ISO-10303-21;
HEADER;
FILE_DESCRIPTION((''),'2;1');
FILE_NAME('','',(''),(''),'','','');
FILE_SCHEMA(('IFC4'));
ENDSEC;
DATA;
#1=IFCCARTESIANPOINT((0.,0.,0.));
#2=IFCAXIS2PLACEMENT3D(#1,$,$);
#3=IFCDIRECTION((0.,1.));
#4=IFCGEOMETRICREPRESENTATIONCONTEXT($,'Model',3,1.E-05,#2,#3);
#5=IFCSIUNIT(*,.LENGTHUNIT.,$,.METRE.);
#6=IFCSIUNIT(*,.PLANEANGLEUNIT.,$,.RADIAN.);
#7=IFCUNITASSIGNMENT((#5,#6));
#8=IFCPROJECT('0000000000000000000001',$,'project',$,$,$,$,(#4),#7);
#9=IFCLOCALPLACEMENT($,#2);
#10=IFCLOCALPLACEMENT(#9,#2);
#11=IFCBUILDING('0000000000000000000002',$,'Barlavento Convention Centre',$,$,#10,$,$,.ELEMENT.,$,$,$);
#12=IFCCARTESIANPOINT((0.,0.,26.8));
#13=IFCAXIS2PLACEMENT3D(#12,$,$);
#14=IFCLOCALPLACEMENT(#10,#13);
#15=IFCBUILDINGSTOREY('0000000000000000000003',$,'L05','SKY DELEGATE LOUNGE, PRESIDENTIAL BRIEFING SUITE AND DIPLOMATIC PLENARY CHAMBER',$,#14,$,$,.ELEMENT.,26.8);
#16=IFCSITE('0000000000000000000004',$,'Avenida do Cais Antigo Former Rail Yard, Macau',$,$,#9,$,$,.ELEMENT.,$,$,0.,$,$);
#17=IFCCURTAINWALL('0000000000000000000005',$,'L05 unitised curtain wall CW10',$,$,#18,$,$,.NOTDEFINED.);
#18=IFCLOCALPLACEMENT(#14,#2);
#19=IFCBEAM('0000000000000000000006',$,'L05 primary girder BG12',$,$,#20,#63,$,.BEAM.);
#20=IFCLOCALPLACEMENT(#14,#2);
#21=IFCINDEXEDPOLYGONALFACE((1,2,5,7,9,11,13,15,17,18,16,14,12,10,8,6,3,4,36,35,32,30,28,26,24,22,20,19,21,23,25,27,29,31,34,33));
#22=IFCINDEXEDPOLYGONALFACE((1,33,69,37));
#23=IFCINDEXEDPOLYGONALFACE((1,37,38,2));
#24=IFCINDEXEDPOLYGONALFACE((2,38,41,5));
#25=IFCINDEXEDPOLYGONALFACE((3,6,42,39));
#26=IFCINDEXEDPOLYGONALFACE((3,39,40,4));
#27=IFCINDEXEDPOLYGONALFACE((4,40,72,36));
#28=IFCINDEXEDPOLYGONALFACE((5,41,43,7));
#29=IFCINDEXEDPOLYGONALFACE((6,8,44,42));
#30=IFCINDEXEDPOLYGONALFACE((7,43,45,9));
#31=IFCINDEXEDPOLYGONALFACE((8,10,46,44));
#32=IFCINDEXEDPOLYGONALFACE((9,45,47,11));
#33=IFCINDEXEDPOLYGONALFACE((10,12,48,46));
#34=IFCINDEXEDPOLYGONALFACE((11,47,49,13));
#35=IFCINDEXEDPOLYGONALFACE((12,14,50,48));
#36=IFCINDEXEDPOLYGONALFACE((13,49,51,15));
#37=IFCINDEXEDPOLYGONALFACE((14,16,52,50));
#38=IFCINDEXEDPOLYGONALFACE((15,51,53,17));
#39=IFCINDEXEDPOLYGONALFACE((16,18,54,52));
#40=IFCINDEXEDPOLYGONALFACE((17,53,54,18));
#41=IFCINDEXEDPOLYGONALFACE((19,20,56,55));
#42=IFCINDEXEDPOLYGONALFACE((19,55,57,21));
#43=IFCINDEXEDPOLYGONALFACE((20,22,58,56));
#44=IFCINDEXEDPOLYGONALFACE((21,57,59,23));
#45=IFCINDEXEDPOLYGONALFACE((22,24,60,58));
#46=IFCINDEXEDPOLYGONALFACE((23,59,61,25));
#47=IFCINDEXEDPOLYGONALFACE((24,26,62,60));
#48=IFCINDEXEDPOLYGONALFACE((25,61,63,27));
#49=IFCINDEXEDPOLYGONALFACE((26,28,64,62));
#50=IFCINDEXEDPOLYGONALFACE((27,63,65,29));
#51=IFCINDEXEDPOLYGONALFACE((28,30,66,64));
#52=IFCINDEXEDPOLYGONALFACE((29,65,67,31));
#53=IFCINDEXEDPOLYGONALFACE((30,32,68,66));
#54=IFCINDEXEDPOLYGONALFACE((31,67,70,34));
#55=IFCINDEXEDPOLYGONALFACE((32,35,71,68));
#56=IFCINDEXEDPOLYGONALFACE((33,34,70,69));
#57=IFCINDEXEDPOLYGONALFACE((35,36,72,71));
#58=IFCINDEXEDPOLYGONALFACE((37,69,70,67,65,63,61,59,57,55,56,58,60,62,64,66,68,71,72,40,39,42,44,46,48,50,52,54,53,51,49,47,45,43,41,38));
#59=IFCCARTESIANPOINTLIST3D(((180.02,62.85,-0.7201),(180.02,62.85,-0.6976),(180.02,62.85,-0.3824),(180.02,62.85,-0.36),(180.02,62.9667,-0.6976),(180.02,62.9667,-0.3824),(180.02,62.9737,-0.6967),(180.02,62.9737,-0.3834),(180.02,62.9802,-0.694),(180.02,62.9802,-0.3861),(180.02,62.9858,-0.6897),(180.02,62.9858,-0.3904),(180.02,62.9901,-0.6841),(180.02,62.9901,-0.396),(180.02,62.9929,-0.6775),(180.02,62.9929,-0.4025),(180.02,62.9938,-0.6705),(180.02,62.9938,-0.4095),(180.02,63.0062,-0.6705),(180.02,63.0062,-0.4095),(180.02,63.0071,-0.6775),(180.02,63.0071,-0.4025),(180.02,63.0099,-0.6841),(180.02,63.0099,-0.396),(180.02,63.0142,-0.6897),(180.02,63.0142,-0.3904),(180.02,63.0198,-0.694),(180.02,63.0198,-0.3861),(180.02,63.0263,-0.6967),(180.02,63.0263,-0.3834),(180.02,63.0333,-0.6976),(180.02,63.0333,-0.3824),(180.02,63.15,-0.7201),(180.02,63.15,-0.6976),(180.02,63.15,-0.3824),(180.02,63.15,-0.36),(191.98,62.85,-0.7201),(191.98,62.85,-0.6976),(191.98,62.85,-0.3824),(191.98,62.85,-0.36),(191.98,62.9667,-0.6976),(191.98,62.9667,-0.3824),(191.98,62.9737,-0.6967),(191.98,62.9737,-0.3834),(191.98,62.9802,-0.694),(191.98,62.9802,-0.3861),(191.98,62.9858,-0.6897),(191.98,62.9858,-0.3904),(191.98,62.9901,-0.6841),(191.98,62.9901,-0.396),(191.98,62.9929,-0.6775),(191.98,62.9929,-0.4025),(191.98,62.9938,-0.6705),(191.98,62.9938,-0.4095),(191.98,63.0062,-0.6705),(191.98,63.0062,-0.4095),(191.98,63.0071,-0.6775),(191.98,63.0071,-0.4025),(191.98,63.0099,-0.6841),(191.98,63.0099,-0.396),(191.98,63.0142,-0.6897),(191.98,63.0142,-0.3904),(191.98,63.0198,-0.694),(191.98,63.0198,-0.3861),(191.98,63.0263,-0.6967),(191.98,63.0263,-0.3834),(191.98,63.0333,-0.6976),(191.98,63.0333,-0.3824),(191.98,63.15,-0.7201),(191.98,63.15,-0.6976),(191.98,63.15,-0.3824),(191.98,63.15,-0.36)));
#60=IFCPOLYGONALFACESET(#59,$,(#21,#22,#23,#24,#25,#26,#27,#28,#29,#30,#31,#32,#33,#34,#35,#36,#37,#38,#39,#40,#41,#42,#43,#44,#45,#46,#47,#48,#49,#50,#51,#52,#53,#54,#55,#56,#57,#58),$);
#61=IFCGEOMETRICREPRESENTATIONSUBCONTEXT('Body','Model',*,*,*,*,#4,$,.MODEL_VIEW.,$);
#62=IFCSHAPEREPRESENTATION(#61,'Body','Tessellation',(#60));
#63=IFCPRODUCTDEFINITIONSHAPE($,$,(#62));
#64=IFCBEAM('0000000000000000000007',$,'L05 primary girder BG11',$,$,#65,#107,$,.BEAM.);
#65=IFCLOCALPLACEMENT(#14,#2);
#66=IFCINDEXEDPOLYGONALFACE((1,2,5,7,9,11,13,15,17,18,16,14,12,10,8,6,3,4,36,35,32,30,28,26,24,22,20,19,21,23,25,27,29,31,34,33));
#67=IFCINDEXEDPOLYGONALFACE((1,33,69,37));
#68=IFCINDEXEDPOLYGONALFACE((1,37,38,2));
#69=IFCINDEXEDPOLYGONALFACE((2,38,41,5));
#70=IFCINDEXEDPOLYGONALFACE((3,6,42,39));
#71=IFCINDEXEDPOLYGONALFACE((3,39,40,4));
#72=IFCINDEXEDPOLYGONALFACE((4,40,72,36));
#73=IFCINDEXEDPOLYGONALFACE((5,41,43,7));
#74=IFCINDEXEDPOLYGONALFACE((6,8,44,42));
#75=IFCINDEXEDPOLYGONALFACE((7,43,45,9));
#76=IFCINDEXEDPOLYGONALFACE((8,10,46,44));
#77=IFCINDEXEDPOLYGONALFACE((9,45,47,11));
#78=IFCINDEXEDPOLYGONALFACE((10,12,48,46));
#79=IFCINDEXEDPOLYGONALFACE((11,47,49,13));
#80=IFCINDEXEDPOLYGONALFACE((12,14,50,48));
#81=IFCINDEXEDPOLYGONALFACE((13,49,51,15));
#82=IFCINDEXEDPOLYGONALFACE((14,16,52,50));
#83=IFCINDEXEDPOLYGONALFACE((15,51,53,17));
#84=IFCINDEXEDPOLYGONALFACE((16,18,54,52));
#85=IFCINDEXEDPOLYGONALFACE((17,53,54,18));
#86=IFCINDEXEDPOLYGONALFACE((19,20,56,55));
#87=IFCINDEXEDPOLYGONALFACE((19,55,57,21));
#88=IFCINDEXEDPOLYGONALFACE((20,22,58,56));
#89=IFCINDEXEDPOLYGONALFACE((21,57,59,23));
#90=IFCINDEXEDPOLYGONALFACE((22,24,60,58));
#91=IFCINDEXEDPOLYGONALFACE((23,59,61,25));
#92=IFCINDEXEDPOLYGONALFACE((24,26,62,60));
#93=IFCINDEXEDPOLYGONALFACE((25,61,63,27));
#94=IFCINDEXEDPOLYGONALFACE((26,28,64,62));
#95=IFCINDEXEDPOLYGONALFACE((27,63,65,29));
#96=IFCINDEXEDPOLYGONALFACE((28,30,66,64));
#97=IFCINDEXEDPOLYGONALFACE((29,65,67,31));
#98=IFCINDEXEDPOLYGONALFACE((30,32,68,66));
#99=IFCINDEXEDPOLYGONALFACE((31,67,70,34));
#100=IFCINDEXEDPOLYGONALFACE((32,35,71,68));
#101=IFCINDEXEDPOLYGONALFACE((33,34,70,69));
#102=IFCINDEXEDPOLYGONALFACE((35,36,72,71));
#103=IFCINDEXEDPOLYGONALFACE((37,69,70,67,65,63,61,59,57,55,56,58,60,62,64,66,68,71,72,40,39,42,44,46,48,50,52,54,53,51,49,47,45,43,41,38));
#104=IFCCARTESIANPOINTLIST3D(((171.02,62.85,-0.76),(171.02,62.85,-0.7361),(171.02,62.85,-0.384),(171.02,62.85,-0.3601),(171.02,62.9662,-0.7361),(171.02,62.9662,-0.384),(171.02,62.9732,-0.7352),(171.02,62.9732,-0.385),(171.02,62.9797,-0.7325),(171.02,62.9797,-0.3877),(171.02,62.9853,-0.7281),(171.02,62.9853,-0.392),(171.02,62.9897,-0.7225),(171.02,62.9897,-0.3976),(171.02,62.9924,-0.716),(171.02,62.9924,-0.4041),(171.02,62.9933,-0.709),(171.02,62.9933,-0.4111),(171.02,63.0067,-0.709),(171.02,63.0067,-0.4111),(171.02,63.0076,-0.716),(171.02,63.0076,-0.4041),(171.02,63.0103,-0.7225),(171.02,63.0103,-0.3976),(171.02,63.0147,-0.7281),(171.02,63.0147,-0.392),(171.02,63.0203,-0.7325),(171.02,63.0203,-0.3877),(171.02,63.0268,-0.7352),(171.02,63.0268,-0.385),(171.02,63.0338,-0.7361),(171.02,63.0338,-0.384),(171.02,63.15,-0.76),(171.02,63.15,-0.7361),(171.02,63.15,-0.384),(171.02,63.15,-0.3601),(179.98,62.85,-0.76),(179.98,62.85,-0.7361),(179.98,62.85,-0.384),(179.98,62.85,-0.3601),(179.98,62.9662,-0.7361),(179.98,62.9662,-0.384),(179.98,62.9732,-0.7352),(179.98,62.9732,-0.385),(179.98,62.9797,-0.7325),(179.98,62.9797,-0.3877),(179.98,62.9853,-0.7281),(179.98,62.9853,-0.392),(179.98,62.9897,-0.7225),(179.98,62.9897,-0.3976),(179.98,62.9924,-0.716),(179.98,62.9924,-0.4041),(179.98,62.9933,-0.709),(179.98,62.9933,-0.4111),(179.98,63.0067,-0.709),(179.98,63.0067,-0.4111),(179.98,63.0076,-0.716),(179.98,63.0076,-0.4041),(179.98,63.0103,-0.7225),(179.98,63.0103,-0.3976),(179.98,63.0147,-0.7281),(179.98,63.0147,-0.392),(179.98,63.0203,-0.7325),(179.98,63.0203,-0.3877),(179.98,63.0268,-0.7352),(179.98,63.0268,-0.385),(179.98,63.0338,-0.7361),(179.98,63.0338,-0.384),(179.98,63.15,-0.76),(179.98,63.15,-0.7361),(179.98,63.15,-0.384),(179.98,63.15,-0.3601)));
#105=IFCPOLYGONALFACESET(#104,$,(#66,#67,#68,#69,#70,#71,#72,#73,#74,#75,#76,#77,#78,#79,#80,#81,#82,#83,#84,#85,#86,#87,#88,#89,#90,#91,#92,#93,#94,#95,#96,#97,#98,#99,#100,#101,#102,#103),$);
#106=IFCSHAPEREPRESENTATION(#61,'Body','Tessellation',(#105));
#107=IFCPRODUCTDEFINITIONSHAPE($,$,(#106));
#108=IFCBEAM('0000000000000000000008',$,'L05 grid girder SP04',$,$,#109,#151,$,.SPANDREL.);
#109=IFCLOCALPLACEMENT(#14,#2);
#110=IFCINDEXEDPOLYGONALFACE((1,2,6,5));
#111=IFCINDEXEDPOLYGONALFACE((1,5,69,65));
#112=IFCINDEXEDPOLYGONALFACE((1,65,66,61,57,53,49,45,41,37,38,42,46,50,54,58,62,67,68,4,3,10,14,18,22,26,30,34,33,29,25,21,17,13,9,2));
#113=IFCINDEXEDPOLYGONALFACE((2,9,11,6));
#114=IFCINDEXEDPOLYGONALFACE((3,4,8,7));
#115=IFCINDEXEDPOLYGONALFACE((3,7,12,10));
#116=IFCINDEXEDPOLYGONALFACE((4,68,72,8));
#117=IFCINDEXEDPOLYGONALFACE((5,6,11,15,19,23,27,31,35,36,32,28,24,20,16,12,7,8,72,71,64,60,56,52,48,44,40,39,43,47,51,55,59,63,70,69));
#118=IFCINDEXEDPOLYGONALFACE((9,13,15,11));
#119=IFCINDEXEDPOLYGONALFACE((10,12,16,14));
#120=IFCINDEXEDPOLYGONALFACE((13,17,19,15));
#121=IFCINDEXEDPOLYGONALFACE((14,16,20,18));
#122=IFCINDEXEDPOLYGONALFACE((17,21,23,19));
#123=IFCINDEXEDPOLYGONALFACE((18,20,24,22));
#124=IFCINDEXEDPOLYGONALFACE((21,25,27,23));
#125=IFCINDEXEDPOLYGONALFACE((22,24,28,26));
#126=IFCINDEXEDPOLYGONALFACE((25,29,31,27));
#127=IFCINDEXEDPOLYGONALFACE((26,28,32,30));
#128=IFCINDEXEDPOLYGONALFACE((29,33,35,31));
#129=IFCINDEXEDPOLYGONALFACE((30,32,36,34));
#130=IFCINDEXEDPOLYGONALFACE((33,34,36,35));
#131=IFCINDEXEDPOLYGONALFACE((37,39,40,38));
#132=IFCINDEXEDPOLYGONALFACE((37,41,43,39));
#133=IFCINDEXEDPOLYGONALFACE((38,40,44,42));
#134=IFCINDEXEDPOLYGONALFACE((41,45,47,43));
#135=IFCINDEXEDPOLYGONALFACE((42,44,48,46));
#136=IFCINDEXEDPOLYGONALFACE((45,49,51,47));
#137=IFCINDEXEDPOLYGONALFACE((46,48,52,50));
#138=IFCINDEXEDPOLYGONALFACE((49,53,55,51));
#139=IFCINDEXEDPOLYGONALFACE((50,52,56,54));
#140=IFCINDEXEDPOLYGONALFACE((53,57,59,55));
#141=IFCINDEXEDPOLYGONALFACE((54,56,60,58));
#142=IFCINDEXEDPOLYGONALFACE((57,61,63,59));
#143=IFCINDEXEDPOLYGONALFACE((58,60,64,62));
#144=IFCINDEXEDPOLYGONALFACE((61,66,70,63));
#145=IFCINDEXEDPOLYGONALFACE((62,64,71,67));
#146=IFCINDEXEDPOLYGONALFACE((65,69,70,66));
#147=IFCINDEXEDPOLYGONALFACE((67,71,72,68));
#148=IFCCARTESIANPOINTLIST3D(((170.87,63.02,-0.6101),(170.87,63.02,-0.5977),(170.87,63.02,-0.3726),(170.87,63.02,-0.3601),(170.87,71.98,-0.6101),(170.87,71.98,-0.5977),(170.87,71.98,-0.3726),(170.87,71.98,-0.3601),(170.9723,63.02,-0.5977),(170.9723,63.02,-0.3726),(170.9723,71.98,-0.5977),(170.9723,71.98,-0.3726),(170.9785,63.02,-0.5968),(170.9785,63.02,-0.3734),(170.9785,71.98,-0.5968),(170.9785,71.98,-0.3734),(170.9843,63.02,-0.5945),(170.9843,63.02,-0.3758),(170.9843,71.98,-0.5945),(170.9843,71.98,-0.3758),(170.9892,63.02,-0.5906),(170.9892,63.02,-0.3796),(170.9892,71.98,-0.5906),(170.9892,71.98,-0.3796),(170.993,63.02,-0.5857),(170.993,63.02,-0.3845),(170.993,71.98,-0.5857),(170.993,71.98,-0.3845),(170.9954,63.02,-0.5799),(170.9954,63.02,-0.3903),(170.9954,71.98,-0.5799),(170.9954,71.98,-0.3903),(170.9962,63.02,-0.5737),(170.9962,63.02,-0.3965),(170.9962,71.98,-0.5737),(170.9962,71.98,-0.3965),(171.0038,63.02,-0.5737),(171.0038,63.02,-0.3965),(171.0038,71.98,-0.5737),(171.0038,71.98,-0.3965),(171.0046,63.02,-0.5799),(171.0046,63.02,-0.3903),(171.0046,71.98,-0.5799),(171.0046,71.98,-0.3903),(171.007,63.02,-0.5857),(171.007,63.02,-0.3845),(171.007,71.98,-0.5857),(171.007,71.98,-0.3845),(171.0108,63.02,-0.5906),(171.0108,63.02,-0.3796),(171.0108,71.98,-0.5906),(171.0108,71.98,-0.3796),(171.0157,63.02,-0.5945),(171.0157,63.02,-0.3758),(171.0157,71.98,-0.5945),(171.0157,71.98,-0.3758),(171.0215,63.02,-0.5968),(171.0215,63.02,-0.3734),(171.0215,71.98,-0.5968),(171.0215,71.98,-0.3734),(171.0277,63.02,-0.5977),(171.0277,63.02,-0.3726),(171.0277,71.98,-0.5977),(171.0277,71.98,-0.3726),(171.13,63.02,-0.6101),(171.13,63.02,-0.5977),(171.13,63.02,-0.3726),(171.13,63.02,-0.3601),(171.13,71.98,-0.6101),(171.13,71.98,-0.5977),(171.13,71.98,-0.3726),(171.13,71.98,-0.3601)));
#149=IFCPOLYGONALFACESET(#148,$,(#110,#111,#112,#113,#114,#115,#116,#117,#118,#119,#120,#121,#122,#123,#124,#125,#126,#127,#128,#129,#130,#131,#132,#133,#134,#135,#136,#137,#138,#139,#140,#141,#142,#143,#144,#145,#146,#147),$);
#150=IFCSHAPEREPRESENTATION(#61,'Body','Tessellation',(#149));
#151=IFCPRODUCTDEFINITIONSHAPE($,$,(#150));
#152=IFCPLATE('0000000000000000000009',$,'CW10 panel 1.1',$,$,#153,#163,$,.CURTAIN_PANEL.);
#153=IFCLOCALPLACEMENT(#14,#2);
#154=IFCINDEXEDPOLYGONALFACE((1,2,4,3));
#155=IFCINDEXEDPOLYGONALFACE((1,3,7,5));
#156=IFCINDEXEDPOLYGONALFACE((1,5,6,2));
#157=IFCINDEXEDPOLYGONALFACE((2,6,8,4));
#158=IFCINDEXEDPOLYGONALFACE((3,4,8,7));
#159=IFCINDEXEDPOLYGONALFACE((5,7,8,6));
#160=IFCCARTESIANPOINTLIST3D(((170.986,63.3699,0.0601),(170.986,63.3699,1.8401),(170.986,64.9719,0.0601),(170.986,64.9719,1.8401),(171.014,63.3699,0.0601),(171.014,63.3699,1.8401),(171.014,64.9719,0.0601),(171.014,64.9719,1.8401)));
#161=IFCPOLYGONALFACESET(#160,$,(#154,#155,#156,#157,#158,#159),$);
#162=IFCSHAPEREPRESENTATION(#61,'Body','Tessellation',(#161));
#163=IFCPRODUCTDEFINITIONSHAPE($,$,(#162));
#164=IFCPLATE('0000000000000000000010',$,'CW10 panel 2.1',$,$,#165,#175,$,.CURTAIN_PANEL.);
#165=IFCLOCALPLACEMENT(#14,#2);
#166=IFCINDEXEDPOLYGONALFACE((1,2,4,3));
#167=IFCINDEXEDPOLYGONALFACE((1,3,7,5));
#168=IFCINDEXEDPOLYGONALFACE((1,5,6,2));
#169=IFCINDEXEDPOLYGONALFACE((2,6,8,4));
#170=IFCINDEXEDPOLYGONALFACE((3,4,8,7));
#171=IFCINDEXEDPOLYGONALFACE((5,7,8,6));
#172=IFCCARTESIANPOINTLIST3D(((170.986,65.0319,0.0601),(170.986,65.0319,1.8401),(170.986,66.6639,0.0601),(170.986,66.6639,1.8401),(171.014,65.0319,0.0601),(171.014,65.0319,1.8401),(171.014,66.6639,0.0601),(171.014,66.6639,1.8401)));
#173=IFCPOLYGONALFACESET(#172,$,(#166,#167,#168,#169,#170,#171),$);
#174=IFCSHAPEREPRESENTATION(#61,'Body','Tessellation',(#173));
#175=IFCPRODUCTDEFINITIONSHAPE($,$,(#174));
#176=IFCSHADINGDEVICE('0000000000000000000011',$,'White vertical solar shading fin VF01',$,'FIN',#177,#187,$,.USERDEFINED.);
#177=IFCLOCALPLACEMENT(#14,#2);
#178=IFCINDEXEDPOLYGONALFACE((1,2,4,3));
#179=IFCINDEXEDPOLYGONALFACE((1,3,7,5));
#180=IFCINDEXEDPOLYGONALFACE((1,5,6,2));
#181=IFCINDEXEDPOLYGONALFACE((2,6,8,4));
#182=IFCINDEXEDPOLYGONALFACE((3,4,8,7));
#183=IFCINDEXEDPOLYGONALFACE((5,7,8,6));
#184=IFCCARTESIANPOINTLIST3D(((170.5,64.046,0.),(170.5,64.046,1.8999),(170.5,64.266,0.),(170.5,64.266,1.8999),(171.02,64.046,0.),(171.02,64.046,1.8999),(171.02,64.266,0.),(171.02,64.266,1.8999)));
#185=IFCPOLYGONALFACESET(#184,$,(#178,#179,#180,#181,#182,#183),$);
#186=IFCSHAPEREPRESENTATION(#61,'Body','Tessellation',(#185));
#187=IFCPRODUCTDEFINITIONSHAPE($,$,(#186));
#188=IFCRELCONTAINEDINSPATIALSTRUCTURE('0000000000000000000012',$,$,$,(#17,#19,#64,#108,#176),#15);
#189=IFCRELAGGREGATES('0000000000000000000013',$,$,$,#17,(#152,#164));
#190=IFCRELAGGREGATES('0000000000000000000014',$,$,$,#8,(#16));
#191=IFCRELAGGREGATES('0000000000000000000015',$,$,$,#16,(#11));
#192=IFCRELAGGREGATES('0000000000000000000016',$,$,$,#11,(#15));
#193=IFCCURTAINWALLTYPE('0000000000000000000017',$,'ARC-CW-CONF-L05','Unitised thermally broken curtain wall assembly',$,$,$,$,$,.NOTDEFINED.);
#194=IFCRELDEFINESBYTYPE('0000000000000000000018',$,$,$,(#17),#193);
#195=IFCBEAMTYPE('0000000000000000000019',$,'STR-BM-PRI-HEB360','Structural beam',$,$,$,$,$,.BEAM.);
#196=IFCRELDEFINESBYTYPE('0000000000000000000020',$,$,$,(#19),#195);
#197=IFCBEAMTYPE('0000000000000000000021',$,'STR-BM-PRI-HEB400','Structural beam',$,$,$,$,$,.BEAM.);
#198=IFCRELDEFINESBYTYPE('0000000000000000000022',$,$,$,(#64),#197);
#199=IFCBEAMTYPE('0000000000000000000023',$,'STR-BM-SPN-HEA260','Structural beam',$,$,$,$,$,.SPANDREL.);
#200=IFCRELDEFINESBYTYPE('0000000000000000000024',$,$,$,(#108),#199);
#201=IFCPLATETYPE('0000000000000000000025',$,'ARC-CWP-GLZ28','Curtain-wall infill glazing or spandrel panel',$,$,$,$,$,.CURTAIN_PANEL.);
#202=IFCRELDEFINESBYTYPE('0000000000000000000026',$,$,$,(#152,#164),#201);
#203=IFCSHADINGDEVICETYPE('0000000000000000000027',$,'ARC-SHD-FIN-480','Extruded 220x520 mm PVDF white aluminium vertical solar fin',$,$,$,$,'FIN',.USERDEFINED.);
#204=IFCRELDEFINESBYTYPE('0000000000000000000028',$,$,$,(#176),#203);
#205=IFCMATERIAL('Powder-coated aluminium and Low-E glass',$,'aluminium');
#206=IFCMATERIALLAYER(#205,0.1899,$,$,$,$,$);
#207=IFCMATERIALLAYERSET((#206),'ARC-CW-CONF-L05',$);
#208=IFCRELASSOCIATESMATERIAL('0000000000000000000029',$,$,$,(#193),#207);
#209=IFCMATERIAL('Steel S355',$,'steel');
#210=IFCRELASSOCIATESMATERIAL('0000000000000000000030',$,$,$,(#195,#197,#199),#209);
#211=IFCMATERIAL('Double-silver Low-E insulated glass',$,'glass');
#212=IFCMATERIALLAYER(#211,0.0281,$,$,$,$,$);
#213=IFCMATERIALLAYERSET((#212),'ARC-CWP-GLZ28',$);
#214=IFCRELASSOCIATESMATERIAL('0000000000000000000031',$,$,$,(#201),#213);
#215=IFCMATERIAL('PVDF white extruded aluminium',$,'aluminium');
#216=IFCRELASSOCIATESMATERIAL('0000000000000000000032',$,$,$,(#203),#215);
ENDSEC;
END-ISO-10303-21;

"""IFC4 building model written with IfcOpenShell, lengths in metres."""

from ifc_helpers import new_model, si_unit, direction, frame, origin, origin_2d, place, context, subcontext, project, spatial, rectangle, i_section, extrude, material, layer, layer_set, material_profile, profile_set, type_object, element, aggregate, save


model = new_model("IFC4")

# Units and contexts
model_context = context("Model", 3, precision=1e-05, world=origin(), true_north=direction((0.0, 1.0)))
body_context = subcontext(model_context, "Body", "Model", "MODEL_VIEW")
ifc_project = project(units=[si_unit("LENGTHUNIT", "METRE"), si_unit("PLANEANGLEUNIT", "RADIAN")], contexts=[model_context])

# Site, building, storey
site_placement = place(None, origin())
site = spatial("IfcSite", under=ifc_project, at=site_placement, Name="Avenida do Cais Antigo Former Rail Yard, Macau", CompositionType="ELEMENT", RefElevation=0.0)
building_placement = place(site_placement, origin())
building = spatial("IfcBuilding", under=site, at=building_placement, Name="Barlavento Convention Centre", CompositionType="ELEMENT")
storey_placement = place(building_placement, frame((0.0, 0.0, 26.8)))
storey = spatial("IfcBuildingStorey", under=building, at=storey_placement, Name="L05", Description="SKY DELEGATE LOUNGE, PRESIDENTIAL BRIEFING SUITE AND DIPLOMATIC PLENARY CHAMBER", CompositionType="ELEMENT", Elevation=26.8)

# Shared definitions
ifc_material_1 = material(Name="Steel S355", Category="steel")

# Shared definitions
ifc_material_2 = material(Name="Powder-coated aluminium and Low-E glass", Category="aluminium")
ifc_layer_1 = layer(ifc_material_2, 0.1899)
ifc_layer_set_1 = layer_set([ifc_layer_1], Name="ARC-CW-CONF-L05")
curtain_wall_type = type_object("IfcCurtainWallType", Name="ARC-CW-CONF-L05", Description="Unitised thermally broken curtain wall assembly", PredefinedType="NOTDEFINED", material=ifc_layer_set_1)

# Curtain wall
curtain_wall_1_placement = place(storey_placement, origin())
curtain_wall_1 = element("IfcCurtainWall", 1, at=curtain_wall_1_placement, inside=storey, type_object=curtain_wall_type, Name="L05 unitised curtain wall CW10", PredefinedType="NOTDEFINED")

# Beams
ifc_material_profile_1 = material_profile(ifc_material_1, i_section(OverallWidth=0.3, OverallDepth=0.3601, WebThickness=0.0125, FlangeThickness=0.0225, FilletRadius=0.0271, at=origin_2d()), Name="HEB 360")
ifc_profile_set_1 = profile_set([ifc_material_profile_1], Name="Steel S355")
beam_type_1 = type_object("IfcBeamType", Name="STR-BM-PRI-HEB360", Description="Structural beam", PredefinedType="BEAM", material=ifc_profile_set_1)
beam_1_placement = place(storey_placement, frame((180.02, 63.0, -0.54), z_axis=(1.0, 0.0, 0.0), x_axis=(0.0, 1.0, 0.0)))
element("IfcBeam", 2, at=beam_1_placement, inside=storey, type_object=beam_type_1, Name="L05 primary girder BG12", PredefinedType="BEAM", context=body_context, shape_type="SweptSolid", body=[
    extrude(i_section(OverallWidth=0.3, OverallDepth=0.3601, WebThickness=0.0125, FlangeThickness=0.0225, FilletRadius=0.0271, at=origin_2d()), origin(), (0.0, 0.0, 1.0), 11.96),
])
ifc_material_profile_2 = material_profile(ifc_material_1, i_section(OverallWidth=0.3, OverallDepth=0.3999, WebThickness=0.0134, FlangeThickness=0.0239, FilletRadius=0.0271, at=origin_2d()), Name="HEB 400")
ifc_profile_set_2 = profile_set([ifc_material_profile_2], Name="Steel S355")
beam_type_2 = type_object("IfcBeamType", Name="STR-BM-PRI-HEB400", Description="Structural beam", PredefinedType="BEAM", material=ifc_profile_set_2)
beam_2_placement = place(storey_placement, frame((171.02, 63.0, -0.5601), z_axis=(1.0, 0.0, 0.0), x_axis=(0.0, 1.0, 0.0)))
element("IfcBeam", 3, at=beam_2_placement, inside=storey, type_object=beam_type_2, Name="L05 primary girder BG11", PredefinedType="BEAM", context=body_context, shape_type="SweptSolid", body=[
    extrude(i_section(OverallWidth=0.3, OverallDepth=0.3999, WebThickness=0.0134, FlangeThickness=0.0239, FilletRadius=0.0271, at=origin_2d()), origin(), (0.0, 0.0, 1.0), 8.96),
])
ifc_material_profile_3 = material_profile(ifc_material_1, i_section(OverallWidth=0.26, OverallDepth=0.25, WebThickness=0.0076, FlangeThickness=0.0125, FilletRadius=0.0239, at=origin_2d()), Name="HEA 260")
ifc_profile_set_3 = profile_set([ifc_material_profile_3], Name="Steel S355")
beam_type_3 = type_object("IfcBeamType", Name="STR-BM-SPN-HEA260", Description="Structural beam", PredefinedType="SPANDREL", material=ifc_profile_set_3)
beam_3_placement = place(storey_placement, frame((171.0, 63.02, -0.4851), z_axis=(0.0, 1.0, 0.0), x_axis=(-1.0, 0.0, 0.0)))
element("IfcBeam", 4, at=beam_3_placement, inside=storey, type_object=beam_type_3, Name="L05 grid girder SP04", PredefinedType="SPANDREL", context=body_context, shape_type="SweptSolid", body=[
    extrude(i_section(OverallWidth=0.26, OverallDepth=0.25, WebThickness=0.0076, FlangeThickness=0.0125, FilletRadius=0.0239, at=origin_2d()), origin(), (0.0, 0.0, 1.0), 8.96),
])

# Plates
ifc_material_3 = material(Name="Double-silver Low-E insulated glass", Category="glass")
ifc_layer_2 = layer(ifc_material_3, 0.0281)
ifc_layer_set_2 = layer_set([ifc_layer_2], Name="ARC-CWP-GLZ28")
plate_type = type_object("IfcPlateType", Name="ARC-CWP-GLZ28", Description="Curtain-wall infill glazing or spandrel panel", PredefinedType="CURTAIN_PANEL", material=ifc_layer_set_2)
plate_1_placement = place(storey_placement, frame((171.0, 64.1709, 0.0601), z_axis=(0.0, 0.0, 1.0), x_axis=(0.0, 1.0, 0.0)))
plate_1 = element("IfcPlate", 5, at=plate_1_placement, type_object=plate_type, Name="CW10 panel 1.1", PredefinedType="CURTAIN_PANEL", context=body_context, shape_type="SweptSolid", body=[
    extrude(rectangle(XDim=1.6021, YDim=0.0281, at=origin_2d()), origin(), (0.0, 0.0, 1.0), 1.78),
])
plate_2_placement = place(storey_placement, frame((171.0, 65.8479, 0.0601), z_axis=(0.0, 0.0, 1.0), x_axis=(0.0, 1.0, 0.0)))
plate_2 = element("IfcPlate", 6, at=plate_2_placement, type_object=plate_type, Name="CW10 panel 2.1", PredefinedType="CURTAIN_PANEL", context=body_context, shape_type="SweptSolid", body=[
    extrude(rectangle(XDim=1.6321, YDim=0.0281, at=origin_2d()), origin(), (0.0, 0.0, 1.0), 1.78),
])
aggregate(curtain_wall_1, [plate_1, plate_2])

# Shading device
ifc_material_4 = material(Name="PVDF white extruded aluminium", Category="aluminium")
shading_device_type = type_object("IfcShadingDeviceType", Name="ARC-SHD-FIN-480", Description="Extruded 220x520 mm PVDF white aluminium vertical solar fin", ElementType="FIN", PredefinedType="USERDEFINED", material=ifc_material_4)
for number, where, z_axis, x_axis, name in (
    (7, (170.76, 64.156, 0.0), (0.0, 0.0, 1.0), (0.0, 1.0, 0.0), "White vertical solar shading fin VF01"),
):
    element("IfcShadingDevice", number, at=place(storey_placement, frame(where, z_axis=z_axis, x_axis=x_axis)), inside=storey, type_object=shading_device_type, Name=name, ObjectType="FIN", PredefinedType="USERDEFINED", context=body_context, shape_type="SweptSolid", body=[
        extrude(rectangle(XDim=0.22, YDim=0.52, at=origin_2d()), origin(), (0.0, 0.0, 1.0), 1.8999),
    ])

save(model, "model.ifc")
